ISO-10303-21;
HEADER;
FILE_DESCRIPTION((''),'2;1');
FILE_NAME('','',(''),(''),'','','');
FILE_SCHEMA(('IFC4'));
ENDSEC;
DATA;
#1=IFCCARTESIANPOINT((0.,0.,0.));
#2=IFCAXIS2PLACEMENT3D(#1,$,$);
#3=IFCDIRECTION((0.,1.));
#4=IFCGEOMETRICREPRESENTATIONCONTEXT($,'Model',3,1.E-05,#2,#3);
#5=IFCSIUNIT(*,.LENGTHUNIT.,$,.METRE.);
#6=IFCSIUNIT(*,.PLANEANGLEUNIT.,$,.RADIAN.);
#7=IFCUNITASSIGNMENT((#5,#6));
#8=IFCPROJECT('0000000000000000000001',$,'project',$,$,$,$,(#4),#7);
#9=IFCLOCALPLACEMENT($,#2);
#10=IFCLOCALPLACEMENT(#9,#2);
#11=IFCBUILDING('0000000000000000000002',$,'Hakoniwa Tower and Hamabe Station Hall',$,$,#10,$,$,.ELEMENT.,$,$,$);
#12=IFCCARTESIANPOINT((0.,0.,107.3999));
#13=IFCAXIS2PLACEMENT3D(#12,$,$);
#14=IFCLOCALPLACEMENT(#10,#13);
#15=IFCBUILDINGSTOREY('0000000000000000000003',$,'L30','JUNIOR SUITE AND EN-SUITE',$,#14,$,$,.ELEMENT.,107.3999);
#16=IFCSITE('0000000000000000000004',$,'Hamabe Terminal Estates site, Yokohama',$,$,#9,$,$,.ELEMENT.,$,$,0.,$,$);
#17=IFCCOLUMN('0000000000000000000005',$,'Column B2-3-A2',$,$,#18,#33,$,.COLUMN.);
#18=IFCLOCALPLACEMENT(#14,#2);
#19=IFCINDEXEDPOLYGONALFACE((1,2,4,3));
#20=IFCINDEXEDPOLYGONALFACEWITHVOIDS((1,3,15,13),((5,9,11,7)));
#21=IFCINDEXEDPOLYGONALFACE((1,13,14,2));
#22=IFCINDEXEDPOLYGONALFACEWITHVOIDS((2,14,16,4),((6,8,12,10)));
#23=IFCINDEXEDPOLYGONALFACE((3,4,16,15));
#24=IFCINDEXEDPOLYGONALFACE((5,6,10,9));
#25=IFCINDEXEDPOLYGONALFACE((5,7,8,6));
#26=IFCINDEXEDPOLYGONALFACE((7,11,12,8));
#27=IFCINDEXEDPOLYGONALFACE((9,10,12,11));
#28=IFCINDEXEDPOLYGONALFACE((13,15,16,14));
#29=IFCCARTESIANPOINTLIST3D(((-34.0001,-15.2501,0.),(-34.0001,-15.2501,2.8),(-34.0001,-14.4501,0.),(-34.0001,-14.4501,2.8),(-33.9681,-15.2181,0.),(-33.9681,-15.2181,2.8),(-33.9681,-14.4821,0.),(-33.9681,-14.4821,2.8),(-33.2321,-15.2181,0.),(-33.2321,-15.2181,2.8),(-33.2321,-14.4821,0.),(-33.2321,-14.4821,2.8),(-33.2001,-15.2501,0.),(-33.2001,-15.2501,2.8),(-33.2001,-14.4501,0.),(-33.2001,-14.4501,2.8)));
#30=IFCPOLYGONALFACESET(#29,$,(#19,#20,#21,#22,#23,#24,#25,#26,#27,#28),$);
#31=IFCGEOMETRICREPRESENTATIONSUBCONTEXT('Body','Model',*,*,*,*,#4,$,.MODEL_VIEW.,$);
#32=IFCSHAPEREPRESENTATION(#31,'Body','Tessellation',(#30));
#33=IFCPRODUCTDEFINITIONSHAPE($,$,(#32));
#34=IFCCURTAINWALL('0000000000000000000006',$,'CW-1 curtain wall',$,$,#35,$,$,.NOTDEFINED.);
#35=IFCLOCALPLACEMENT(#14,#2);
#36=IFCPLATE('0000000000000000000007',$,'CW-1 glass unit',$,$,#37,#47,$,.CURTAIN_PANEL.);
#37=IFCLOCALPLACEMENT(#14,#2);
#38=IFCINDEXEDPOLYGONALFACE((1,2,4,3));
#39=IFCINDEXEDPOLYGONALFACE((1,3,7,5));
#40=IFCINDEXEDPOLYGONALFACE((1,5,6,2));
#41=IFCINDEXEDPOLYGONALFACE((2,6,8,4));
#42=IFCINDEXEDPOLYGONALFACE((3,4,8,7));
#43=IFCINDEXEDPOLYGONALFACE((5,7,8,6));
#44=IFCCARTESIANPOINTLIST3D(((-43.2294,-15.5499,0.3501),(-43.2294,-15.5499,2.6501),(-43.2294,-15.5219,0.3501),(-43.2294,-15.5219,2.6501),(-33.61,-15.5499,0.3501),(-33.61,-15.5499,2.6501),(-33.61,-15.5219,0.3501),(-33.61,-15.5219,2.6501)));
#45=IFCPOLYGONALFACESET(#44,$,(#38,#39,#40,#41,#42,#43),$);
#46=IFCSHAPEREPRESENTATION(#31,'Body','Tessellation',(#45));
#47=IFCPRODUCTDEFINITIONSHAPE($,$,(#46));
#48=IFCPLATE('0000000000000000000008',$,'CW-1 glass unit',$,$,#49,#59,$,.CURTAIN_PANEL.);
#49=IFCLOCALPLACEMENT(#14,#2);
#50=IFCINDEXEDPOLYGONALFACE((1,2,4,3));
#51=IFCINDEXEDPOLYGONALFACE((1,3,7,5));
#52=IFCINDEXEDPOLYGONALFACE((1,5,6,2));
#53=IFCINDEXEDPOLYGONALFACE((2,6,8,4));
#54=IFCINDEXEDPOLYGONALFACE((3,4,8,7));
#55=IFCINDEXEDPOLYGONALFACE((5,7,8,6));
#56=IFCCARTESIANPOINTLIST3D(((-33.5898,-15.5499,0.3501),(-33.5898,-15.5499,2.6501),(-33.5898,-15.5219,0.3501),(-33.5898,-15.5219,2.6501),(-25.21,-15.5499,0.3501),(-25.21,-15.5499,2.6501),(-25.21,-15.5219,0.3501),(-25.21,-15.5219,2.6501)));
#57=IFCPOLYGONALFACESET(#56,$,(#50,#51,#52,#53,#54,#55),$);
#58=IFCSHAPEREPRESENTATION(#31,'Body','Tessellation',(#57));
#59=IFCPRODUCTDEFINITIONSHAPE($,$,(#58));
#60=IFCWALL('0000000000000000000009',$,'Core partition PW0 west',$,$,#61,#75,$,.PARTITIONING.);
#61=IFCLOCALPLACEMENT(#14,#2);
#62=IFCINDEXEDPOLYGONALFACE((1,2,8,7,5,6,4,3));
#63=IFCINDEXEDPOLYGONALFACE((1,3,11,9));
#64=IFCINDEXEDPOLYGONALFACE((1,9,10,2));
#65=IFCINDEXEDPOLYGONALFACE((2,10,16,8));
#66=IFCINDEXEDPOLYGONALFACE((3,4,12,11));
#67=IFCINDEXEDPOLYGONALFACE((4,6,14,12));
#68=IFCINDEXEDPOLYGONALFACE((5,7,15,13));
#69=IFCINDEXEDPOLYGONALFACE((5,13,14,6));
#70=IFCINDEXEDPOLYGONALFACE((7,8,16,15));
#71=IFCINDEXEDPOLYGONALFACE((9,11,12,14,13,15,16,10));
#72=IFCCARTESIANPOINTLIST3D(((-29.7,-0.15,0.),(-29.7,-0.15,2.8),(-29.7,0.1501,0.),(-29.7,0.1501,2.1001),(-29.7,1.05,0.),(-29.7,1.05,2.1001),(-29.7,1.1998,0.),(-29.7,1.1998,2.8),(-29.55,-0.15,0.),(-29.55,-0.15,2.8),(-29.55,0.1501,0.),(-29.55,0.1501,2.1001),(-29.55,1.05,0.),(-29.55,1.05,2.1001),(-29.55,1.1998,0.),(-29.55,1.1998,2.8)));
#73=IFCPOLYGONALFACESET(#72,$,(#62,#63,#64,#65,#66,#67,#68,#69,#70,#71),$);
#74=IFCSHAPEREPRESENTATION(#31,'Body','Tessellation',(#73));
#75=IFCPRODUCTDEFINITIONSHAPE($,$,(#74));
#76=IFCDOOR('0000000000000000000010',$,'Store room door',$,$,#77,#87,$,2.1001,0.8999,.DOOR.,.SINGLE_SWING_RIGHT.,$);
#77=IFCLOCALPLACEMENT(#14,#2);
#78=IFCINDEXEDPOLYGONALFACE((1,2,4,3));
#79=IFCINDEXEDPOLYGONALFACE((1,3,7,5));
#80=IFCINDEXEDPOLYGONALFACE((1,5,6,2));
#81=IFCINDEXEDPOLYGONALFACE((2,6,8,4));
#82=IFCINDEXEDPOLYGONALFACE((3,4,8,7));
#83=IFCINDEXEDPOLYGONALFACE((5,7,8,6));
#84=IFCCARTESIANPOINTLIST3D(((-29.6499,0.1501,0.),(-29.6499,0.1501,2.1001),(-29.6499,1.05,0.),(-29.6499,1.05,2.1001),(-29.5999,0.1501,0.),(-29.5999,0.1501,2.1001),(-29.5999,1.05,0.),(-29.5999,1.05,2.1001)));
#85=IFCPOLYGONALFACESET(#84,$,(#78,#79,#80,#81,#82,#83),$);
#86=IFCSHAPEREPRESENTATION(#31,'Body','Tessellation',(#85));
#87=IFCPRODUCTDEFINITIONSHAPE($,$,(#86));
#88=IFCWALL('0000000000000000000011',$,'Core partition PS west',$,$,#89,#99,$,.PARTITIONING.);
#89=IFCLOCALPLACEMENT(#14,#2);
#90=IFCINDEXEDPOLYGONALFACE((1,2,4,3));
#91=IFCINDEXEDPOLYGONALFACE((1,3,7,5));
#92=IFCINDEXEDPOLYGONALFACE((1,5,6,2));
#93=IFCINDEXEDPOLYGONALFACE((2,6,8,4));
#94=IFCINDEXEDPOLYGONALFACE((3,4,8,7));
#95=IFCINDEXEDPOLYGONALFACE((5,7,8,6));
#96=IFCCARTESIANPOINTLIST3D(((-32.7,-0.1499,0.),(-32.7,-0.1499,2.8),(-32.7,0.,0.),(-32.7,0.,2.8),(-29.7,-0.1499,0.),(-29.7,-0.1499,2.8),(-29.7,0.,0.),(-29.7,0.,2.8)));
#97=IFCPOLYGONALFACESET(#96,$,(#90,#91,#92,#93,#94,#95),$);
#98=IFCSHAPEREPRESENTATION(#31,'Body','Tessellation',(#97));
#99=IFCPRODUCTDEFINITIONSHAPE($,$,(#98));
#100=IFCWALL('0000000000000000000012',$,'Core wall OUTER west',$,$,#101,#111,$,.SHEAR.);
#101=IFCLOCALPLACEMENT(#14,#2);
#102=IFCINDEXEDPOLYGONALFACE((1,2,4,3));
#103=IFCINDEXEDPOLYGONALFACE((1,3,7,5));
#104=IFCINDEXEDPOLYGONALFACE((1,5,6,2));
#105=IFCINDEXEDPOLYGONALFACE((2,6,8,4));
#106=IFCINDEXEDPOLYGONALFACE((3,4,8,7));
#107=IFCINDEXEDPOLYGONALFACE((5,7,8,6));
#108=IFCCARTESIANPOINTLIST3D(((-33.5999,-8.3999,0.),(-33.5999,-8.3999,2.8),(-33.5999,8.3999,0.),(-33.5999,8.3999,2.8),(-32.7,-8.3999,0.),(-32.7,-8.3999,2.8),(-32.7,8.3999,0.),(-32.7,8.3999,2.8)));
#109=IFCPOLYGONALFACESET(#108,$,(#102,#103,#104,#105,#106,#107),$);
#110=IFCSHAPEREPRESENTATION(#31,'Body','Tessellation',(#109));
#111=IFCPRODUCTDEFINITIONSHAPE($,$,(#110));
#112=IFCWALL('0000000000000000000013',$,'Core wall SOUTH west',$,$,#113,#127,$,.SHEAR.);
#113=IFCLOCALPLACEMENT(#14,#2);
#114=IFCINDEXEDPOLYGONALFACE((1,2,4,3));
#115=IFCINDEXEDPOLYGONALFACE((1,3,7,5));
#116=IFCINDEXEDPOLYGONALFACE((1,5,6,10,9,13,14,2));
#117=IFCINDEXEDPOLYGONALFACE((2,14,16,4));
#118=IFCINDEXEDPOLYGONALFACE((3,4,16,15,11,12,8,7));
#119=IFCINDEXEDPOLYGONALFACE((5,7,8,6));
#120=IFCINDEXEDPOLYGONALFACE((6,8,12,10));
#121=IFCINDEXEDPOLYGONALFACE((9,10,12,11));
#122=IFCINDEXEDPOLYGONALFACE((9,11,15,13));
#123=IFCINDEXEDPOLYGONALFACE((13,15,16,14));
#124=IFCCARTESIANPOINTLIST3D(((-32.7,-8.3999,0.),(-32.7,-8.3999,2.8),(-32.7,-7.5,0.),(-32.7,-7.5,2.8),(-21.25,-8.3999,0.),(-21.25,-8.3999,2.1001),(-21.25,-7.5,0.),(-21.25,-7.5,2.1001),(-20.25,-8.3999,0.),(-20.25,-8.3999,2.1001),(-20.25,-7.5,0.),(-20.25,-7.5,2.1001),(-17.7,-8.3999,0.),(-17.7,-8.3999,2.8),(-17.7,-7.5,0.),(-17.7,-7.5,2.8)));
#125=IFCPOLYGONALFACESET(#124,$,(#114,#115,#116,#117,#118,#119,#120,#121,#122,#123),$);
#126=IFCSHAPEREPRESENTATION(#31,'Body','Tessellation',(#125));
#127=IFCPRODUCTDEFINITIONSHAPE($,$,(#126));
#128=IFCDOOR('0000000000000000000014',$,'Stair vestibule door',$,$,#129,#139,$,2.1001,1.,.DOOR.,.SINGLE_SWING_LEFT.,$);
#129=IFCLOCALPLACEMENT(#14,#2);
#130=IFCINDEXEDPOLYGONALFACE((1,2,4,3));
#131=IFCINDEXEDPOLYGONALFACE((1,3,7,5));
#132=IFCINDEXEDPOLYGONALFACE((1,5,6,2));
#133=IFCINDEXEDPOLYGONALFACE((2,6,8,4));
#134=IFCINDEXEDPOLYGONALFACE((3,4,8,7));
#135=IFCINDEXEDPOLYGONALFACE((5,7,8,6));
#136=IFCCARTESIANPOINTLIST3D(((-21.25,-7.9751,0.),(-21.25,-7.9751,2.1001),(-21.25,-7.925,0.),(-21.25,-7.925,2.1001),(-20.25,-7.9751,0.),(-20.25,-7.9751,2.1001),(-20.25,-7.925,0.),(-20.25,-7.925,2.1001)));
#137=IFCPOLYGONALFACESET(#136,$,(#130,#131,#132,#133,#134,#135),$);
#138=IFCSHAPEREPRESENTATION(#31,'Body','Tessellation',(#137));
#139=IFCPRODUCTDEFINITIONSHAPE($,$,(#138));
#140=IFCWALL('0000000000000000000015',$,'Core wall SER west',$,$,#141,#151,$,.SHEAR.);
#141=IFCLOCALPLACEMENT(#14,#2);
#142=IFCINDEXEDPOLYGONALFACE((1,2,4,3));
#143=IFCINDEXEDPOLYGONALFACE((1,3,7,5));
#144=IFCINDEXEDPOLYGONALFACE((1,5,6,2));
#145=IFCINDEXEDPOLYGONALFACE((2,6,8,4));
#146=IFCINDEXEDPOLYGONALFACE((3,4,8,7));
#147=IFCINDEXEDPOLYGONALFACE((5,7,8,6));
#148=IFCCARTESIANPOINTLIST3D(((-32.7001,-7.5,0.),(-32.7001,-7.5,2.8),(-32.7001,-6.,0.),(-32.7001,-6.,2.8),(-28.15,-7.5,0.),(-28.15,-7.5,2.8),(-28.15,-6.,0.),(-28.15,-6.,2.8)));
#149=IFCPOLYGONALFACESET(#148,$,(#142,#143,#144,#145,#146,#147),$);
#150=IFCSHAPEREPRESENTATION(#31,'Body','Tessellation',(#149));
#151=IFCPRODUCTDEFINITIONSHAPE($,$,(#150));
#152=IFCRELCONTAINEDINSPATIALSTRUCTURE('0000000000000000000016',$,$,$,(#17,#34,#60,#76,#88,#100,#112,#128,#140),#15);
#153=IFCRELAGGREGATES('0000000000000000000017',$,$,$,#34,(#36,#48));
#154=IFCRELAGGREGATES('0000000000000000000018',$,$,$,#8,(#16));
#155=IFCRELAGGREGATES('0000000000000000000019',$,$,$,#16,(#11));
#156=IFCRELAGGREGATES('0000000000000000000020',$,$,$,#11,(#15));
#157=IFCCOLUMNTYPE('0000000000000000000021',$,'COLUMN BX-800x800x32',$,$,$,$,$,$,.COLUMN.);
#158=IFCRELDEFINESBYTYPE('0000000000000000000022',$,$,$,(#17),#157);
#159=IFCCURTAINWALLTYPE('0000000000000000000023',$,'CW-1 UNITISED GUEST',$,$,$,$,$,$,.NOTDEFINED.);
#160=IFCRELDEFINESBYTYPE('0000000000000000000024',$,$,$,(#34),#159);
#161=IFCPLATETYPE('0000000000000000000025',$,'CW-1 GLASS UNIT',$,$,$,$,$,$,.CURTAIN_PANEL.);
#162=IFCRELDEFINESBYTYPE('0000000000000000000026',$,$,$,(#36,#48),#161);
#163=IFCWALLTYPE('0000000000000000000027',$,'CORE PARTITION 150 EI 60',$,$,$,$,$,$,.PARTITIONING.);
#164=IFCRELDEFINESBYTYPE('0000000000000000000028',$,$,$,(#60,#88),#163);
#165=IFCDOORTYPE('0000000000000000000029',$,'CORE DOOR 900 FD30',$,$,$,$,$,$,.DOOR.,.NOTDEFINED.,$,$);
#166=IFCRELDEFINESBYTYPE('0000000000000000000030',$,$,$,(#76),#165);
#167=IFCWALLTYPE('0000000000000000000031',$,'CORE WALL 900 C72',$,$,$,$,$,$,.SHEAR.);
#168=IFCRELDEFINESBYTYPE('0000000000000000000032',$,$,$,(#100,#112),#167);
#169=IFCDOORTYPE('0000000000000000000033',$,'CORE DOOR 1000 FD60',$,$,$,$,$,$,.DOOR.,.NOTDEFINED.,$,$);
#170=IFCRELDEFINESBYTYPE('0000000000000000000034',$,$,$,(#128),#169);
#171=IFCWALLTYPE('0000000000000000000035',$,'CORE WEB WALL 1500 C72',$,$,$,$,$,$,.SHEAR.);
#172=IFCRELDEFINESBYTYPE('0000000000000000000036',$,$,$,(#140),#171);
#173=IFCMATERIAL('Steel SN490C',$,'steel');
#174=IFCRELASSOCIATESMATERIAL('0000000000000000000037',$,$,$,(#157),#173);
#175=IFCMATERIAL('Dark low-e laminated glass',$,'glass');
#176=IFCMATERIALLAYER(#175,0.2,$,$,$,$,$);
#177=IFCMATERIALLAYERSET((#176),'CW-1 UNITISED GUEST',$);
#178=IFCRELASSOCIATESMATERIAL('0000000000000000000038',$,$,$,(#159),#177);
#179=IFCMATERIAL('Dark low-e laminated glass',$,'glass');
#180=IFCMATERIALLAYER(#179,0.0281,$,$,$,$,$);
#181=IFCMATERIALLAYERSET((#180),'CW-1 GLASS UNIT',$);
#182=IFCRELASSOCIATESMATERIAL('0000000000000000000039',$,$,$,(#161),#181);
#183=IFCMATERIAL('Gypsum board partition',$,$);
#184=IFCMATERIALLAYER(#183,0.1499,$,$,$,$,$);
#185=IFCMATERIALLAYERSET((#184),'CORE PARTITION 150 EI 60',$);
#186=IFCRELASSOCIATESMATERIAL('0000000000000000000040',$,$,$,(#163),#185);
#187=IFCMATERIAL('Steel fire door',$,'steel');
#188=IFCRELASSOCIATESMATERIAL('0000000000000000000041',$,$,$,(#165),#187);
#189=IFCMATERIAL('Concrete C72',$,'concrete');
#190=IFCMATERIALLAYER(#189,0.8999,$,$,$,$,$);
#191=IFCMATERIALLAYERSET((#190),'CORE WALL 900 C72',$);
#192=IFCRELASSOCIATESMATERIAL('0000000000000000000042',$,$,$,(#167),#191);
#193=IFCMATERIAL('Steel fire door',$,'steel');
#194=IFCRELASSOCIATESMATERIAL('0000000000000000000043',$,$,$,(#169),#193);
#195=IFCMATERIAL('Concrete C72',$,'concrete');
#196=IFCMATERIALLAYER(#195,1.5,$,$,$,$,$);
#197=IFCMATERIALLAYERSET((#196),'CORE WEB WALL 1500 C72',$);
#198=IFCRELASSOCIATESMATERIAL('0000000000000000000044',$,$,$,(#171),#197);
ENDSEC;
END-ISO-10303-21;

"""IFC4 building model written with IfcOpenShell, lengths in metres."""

from ifc_helpers import new_model, si_unit, direction, frame, frame_2d, origin, origin_2d, place, context, subcontext, project, spatial, rectangle, hollow_rectangle, extrude, material, layer, layer_set, material_profile, profile_set, type_object, element, fill, aggregate, save


model = new_model("IFC4")

# Units and contexts
model_context = context("Model", 3, precision=1e-05, world=origin(), true_north=direction((0.0, 1.0)))
body_context = subcontext(model_context, "Body", "Model", "MODEL_VIEW")
ifc_project = project(units=[si_unit("LENGTHUNIT", "METRE"), si_unit("PLANEANGLEUNIT", "RADIAN")], contexts=[model_context])

# Site, building, storey
site_placement = place(None, origin())
site = spatial("IfcSite", under=ifc_project, at=site_placement, Name="Hamabe Terminal Estates site, Yokohama", CompositionType="ELEMENT", RefElevation=0.0)
building_placement = place(site_placement, origin())
building = spatial("IfcBuilding", under=site, at=building_placement, Name="Hakoniwa Tower and Hamabe Station Hall", CompositionType="ELEMENT")
storey_placement = place(building_placement, frame((0.0, 0.0, 107.3999)))
storey = spatial("IfcBuildingStorey", under=building, at=storey_placement, Name="L30", Description="JUNIOR SUITE AND EN-SUITE", CompositionType="ELEMENT", Elevation=107.3999)

# Column
ifc_material_1 = material(Name="Steel SN490C", Category="steel")
ifc_material_profile = material_profile(ifc_material_1, hollow_rectangle(XDim=0.8, YDim=0.8, WallThickness=0.032, at=origin_2d()), Name="BX-800x800x32")
ifc_profile_set = profile_set([ifc_material_profile], Name="Steel SN490C")
column_type = type_object("IfcColumnType", Name="COLUMN BX-800x800x32", PredefinedType="COLUMN", material=ifc_profile_set)
column_placement = place(storey_placement, frame((-33.6001, -14.8501, 0.0), z_axis=(0.0, 0.0, 1.0), x_axis=(1.0, 0.0, 0.0)))
element("IfcColumn", 1, at=column_placement, inside=storey, type_object=column_type, Name="Column B2-3-A2", PredefinedType="COLUMN", context=body_context, shape_type="SweptSolid", body=[
    extrude(hollow_rectangle(XDim=0.8, YDim=0.8, WallThickness=0.032, at=origin_2d()), origin(), (0.0, 0.0, 1.0), 2.8),
])

# Curtain wall, plates
ifc_material_2 = material(Name="Dark low-e laminated glass", Category="glass")
ifc_layer_1 = layer(ifc_material_2, 0.2)
ifc_layer_set_1 = layer_set([ifc_layer_1], Name="CW-1 UNITISED GUEST")
curtain_wall_type = type_object("IfcCurtainWallType", Name="CW-1 UNITISED GUEST", PredefinedType="NOTDEFINED", material=ifc_layer_set_1)
curtain_wall_placement = place(storey_placement, origin())
curtain_wall = element("IfcCurtainWall", 2, at=curtain_wall_placement, inside=storey, type_object=curtain_wall_type, Name="CW-1 curtain wall", PredefinedType="NOTDEFINED")
ifc_material_3 = material(Name="Dark low-e laminated glass", Category="glass")
ifc_layer_2 = layer(ifc_material_3, 0.0281)
ifc_layer_set_2 = layer_set([ifc_layer_2], Name="CW-1 GLASS UNIT")
plate_type = type_object("IfcPlateType", Name="CW-1 GLASS UNIT", PredefinedType="CURTAIN_PANEL", material=ifc_layer_set_2)
plate_1_placement = place(storey_placement, frame((-38.4197, -15.5359, 0.3501), z_axis=(0.0, 0.0, 1.0), x_axis=(1.0, 0.0, 0.0)))
plate_1 = element("IfcPlate", 3, at=plate_1_placement, type_object=plate_type, Name="CW-1 glass unit", PredefinedType="CURTAIN_PANEL", context=body_context, shape_type="SweptSolid", body=[
    extrude(rectangle(XDim=9.6194, YDim=0.0281, at=origin_2d()), origin(), (0.0, 0.0, 1.0), 2.3),
])
plate_2_placement = place(storey_placement, frame((-29.3999, -15.5359, 0.3501), z_axis=(0.0, 0.0, 1.0), x_axis=(1.0, 0.0, 0.0)))
plate_2 = element("IfcPlate", 4, at=plate_2_placement, type_object=plate_type, Name="CW-1 glass unit", PredefinedType="CURTAIN_PANEL", context=body_context, shape_type="SweptSolid", body=[
    extrude(rectangle(XDim=8.3799, YDim=0.0281, at=origin_2d()), origin(), (0.0, 0.0, 1.0), 2.3),
])
aggregate(curtain_wall, [plate_1, plate_2])

# Wall, opening, door
ifc_material_4 = material(Name="Gypsum board partition")
ifc_layer_3 = layer(ifc_material_4, 0.1499)
ifc_layer_set_3 = layer_set([ifc_layer_3], Name="CORE PARTITION 150 EI 60")
wall_type_1 = type_object("IfcWallType", Name="CORE PARTITION 150 EI 60", PredefinedType="PARTITIONING", material=ifc_layer_set_3)
wall_1_placement = place(storey_placement, frame((-29.625, -0.1499, 0.0), z_axis=(0.0, 0.0, 1.0), x_axis=(0.0, 1.0, 0.0)))
wall_1 = element("IfcWall", 5, at=wall_1_placement, inside=storey, type_object=wall_type_1, Name="Core partition PW0 west", PredefinedType="PARTITIONING", context=body_context, shape_type="SweptSolid", body=[
    extrude(rectangle(XDim=1.3499, YDim=0.1499, at=frame_2d((0.6748, 0.0))), origin(), (0.0, 0.0, 1.0), 2.8),
])
opening_1_placement = place(wall_1_placement, frame((0.3, 0.0, 0.0)))
opening_1 = element("IfcOpeningElement", 6, at=opening_1_placement, cuts=wall_1, PredefinedType="OPENING", context=body_context, shape_type="SweptSolid", body=[
    extrude(rectangle(XDim=0.8999, YDim=2.1001, at=frame_2d((0.45, 1.05))), frame((0.0, 0.085, 0.0), z_axis=(0.0, -1.0, 0.0), x_axis=(1.0, 0.0, 0.0)), (0.0, 0.0, 1.0), 0.1699),
])
ifc_material_5 = material(Name="Steel fire door", Category="steel")
door_type_1 = type_object("IfcDoorType", Name="CORE DOOR 900 FD30", OperationType="NOTDEFINED", PredefinedType="DOOR", material=ifc_material_5)
door_1_placement = place(opening_1_placement, origin())
door_1 = element("IfcDoor", 7, at=door_1_placement, inside=storey, type_object=door_type_1, Name="Store room door", OperationType="SINGLE_SWING_RIGHT", OverallHeight=2.1001, OverallWidth=0.8999, PredefinedType="DOOR", context=body_context, shape_type="SweptSolid", body=[
    extrude(rectangle(XDim=0.8999, YDim=2.1001, at=frame_2d((0.45, 1.05))), frame((0.0, 0.0249, 0.0), z_axis=(0.0, -1.0, 0.0), x_axis=(1.0, 0.0, 0.0)), (0.0, 0.0, 1.0), 0.05),
])
fill(opening_1, door_1)

# Walls
wall_2_placement = place(storey_placement, frame((-32.7, -0.075, 0.0), z_axis=(0.0, 0.0, 1.0), x_axis=(1.0, 0.0, 0.0)))
element("IfcWall", 8, at=wall_2_placement, inside=storey, type_object=wall_type_1, Name="Core partition PS west", PredefinedType="PARTITIONING", context=body_context, shape_type="SweptSolid", body=[
    extrude(rectangle(XDim=3.0, YDim=0.1499, at=frame_2d((1.5, 0.0))), origin(), (0.0, 0.0, 1.0), 2.8),
])
ifc_material_6 = material(Name="Concrete C72", Category="concrete")
ifc_layer_4 = layer(ifc_material_6, 0.8999)
ifc_layer_set_4 = layer_set([ifc_layer_4], Name="CORE WALL 900 C72")
wall_type_2 = type_object("IfcWallType", Name="CORE WALL 900 C72", PredefinedType="SHEAR", material=ifc_layer_set_4)
wall_3_placement = place(storey_placement, frame((-33.1499, -8.3999, 0.0), z_axis=(0.0, 0.0, 1.0), x_axis=(0.0, 1.0, 0.0)))
element("IfcWall", 9, at=wall_3_placement, inside=storey, type_object=wall_type_2, Name="Core wall OUTER west", PredefinedType="SHEAR", context=body_context, shape_type="SweptSolid", body=[
    extrude(rectangle(XDim=16.7998, YDim=0.8999, at=frame_2d((8.3999, 0.0))), origin(), (0.0, 0.0, 1.0), 2.8),
])

# Wall, opening, door
wall_4_placement = place(storey_placement, frame((-32.7, -7.95, 0.0), z_axis=(0.0, 0.0, 1.0), x_axis=(1.0, 0.0, 0.0)))
wall_4 = element("IfcWall", 10, at=wall_4_placement, inside=storey, type_object=wall_type_2, Name="Core wall SOUTH west", PredefinedType="SHEAR", context=body_context, shape_type="SweptSolid", body=[
    extrude(rectangle(XDim=15.0, YDim=0.8999, at=frame_2d((7.5, 0.0))), origin(), (0.0, 0.0, 1.0), 2.8),
])
opening_2_placement = place(wall_4_placement, frame((11.45, 0.0, 0.0)))
opening_2 = element("IfcOpeningElement", 11, at=opening_2_placement, cuts=wall_4, PredefinedType="OPENING", context=body_context, shape_type="SweptSolid", body=[
    extrude(rectangle(XDim=1.0, YDim=2.1001, at=frame_2d((0.5, 1.05))), frame((0.0, 0.46, 0.0), z_axis=(0.0, -1.0, 0.0), x_axis=(1.0, 0.0, 0.0)), (0.0, 0.0, 1.0), 0.9199),
])
ifc_material_7 = material(Name="Steel fire door", Category="steel")
door_type_2 = type_object("IfcDoorType", Name="CORE DOOR 1000 FD60", OperationType="NOTDEFINED", PredefinedType="DOOR", material=ifc_material_7)
door_2_placement = place(opening_2_placement, origin())
door_2 = element("IfcDoor", 12, at=door_2_placement, inside=storey, type_object=door_type_2, Name="Stair vestibule door", OperationType="SINGLE_SWING_LEFT", OverallHeight=2.1001, OverallWidth=1.0, PredefinedType="DOOR", context=body_context, shape_type="SweptSolid", body=[
    extrude(rectangle(XDim=1.0, YDim=2.1001, at=frame_2d((0.5, 1.05))), frame((0.0, 0.0249, 0.0), z_axis=(0.0, -1.0, 0.0), x_axis=(1.0, 0.0, 0.0)), (0.0, 0.0, 1.0), 0.05),
])
fill(opening_2, door_2)

# Wall
ifc_material_8 = material(Name="Concrete C72", Category="concrete")
ifc_layer_5 = layer(ifc_material_8, 1.5)
ifc_layer_set_5 = layer_set([ifc_layer_5], Name="CORE WEB WALL 1500 C72")
wall_type_3 = type_object("IfcWallType", Name="CORE WEB WALL 1500 C72", PredefinedType="SHEAR", material=ifc_layer_set_5)
wall_5_placement = place(storey_placement, frame((-32.7, -6.75, 0.0), z_axis=(0.0, 0.0, 1.0), x_axis=(1.0, 0.0, 0.0)))
element("IfcWall", 13, at=wall_5_placement, inside=storey, type_object=wall_type_3, Name="Core wall SER west", PredefinedType="SHEAR", context=body_context, shape_type="SweptSolid", body=[
    extrude(rectangle(XDim=4.55, YDim=1.5, at=frame_2d((2.2749, 0.0))), origin(), (0.0, 0.0, 1.0), 2.8),
])

save(model, "model.ifc")
